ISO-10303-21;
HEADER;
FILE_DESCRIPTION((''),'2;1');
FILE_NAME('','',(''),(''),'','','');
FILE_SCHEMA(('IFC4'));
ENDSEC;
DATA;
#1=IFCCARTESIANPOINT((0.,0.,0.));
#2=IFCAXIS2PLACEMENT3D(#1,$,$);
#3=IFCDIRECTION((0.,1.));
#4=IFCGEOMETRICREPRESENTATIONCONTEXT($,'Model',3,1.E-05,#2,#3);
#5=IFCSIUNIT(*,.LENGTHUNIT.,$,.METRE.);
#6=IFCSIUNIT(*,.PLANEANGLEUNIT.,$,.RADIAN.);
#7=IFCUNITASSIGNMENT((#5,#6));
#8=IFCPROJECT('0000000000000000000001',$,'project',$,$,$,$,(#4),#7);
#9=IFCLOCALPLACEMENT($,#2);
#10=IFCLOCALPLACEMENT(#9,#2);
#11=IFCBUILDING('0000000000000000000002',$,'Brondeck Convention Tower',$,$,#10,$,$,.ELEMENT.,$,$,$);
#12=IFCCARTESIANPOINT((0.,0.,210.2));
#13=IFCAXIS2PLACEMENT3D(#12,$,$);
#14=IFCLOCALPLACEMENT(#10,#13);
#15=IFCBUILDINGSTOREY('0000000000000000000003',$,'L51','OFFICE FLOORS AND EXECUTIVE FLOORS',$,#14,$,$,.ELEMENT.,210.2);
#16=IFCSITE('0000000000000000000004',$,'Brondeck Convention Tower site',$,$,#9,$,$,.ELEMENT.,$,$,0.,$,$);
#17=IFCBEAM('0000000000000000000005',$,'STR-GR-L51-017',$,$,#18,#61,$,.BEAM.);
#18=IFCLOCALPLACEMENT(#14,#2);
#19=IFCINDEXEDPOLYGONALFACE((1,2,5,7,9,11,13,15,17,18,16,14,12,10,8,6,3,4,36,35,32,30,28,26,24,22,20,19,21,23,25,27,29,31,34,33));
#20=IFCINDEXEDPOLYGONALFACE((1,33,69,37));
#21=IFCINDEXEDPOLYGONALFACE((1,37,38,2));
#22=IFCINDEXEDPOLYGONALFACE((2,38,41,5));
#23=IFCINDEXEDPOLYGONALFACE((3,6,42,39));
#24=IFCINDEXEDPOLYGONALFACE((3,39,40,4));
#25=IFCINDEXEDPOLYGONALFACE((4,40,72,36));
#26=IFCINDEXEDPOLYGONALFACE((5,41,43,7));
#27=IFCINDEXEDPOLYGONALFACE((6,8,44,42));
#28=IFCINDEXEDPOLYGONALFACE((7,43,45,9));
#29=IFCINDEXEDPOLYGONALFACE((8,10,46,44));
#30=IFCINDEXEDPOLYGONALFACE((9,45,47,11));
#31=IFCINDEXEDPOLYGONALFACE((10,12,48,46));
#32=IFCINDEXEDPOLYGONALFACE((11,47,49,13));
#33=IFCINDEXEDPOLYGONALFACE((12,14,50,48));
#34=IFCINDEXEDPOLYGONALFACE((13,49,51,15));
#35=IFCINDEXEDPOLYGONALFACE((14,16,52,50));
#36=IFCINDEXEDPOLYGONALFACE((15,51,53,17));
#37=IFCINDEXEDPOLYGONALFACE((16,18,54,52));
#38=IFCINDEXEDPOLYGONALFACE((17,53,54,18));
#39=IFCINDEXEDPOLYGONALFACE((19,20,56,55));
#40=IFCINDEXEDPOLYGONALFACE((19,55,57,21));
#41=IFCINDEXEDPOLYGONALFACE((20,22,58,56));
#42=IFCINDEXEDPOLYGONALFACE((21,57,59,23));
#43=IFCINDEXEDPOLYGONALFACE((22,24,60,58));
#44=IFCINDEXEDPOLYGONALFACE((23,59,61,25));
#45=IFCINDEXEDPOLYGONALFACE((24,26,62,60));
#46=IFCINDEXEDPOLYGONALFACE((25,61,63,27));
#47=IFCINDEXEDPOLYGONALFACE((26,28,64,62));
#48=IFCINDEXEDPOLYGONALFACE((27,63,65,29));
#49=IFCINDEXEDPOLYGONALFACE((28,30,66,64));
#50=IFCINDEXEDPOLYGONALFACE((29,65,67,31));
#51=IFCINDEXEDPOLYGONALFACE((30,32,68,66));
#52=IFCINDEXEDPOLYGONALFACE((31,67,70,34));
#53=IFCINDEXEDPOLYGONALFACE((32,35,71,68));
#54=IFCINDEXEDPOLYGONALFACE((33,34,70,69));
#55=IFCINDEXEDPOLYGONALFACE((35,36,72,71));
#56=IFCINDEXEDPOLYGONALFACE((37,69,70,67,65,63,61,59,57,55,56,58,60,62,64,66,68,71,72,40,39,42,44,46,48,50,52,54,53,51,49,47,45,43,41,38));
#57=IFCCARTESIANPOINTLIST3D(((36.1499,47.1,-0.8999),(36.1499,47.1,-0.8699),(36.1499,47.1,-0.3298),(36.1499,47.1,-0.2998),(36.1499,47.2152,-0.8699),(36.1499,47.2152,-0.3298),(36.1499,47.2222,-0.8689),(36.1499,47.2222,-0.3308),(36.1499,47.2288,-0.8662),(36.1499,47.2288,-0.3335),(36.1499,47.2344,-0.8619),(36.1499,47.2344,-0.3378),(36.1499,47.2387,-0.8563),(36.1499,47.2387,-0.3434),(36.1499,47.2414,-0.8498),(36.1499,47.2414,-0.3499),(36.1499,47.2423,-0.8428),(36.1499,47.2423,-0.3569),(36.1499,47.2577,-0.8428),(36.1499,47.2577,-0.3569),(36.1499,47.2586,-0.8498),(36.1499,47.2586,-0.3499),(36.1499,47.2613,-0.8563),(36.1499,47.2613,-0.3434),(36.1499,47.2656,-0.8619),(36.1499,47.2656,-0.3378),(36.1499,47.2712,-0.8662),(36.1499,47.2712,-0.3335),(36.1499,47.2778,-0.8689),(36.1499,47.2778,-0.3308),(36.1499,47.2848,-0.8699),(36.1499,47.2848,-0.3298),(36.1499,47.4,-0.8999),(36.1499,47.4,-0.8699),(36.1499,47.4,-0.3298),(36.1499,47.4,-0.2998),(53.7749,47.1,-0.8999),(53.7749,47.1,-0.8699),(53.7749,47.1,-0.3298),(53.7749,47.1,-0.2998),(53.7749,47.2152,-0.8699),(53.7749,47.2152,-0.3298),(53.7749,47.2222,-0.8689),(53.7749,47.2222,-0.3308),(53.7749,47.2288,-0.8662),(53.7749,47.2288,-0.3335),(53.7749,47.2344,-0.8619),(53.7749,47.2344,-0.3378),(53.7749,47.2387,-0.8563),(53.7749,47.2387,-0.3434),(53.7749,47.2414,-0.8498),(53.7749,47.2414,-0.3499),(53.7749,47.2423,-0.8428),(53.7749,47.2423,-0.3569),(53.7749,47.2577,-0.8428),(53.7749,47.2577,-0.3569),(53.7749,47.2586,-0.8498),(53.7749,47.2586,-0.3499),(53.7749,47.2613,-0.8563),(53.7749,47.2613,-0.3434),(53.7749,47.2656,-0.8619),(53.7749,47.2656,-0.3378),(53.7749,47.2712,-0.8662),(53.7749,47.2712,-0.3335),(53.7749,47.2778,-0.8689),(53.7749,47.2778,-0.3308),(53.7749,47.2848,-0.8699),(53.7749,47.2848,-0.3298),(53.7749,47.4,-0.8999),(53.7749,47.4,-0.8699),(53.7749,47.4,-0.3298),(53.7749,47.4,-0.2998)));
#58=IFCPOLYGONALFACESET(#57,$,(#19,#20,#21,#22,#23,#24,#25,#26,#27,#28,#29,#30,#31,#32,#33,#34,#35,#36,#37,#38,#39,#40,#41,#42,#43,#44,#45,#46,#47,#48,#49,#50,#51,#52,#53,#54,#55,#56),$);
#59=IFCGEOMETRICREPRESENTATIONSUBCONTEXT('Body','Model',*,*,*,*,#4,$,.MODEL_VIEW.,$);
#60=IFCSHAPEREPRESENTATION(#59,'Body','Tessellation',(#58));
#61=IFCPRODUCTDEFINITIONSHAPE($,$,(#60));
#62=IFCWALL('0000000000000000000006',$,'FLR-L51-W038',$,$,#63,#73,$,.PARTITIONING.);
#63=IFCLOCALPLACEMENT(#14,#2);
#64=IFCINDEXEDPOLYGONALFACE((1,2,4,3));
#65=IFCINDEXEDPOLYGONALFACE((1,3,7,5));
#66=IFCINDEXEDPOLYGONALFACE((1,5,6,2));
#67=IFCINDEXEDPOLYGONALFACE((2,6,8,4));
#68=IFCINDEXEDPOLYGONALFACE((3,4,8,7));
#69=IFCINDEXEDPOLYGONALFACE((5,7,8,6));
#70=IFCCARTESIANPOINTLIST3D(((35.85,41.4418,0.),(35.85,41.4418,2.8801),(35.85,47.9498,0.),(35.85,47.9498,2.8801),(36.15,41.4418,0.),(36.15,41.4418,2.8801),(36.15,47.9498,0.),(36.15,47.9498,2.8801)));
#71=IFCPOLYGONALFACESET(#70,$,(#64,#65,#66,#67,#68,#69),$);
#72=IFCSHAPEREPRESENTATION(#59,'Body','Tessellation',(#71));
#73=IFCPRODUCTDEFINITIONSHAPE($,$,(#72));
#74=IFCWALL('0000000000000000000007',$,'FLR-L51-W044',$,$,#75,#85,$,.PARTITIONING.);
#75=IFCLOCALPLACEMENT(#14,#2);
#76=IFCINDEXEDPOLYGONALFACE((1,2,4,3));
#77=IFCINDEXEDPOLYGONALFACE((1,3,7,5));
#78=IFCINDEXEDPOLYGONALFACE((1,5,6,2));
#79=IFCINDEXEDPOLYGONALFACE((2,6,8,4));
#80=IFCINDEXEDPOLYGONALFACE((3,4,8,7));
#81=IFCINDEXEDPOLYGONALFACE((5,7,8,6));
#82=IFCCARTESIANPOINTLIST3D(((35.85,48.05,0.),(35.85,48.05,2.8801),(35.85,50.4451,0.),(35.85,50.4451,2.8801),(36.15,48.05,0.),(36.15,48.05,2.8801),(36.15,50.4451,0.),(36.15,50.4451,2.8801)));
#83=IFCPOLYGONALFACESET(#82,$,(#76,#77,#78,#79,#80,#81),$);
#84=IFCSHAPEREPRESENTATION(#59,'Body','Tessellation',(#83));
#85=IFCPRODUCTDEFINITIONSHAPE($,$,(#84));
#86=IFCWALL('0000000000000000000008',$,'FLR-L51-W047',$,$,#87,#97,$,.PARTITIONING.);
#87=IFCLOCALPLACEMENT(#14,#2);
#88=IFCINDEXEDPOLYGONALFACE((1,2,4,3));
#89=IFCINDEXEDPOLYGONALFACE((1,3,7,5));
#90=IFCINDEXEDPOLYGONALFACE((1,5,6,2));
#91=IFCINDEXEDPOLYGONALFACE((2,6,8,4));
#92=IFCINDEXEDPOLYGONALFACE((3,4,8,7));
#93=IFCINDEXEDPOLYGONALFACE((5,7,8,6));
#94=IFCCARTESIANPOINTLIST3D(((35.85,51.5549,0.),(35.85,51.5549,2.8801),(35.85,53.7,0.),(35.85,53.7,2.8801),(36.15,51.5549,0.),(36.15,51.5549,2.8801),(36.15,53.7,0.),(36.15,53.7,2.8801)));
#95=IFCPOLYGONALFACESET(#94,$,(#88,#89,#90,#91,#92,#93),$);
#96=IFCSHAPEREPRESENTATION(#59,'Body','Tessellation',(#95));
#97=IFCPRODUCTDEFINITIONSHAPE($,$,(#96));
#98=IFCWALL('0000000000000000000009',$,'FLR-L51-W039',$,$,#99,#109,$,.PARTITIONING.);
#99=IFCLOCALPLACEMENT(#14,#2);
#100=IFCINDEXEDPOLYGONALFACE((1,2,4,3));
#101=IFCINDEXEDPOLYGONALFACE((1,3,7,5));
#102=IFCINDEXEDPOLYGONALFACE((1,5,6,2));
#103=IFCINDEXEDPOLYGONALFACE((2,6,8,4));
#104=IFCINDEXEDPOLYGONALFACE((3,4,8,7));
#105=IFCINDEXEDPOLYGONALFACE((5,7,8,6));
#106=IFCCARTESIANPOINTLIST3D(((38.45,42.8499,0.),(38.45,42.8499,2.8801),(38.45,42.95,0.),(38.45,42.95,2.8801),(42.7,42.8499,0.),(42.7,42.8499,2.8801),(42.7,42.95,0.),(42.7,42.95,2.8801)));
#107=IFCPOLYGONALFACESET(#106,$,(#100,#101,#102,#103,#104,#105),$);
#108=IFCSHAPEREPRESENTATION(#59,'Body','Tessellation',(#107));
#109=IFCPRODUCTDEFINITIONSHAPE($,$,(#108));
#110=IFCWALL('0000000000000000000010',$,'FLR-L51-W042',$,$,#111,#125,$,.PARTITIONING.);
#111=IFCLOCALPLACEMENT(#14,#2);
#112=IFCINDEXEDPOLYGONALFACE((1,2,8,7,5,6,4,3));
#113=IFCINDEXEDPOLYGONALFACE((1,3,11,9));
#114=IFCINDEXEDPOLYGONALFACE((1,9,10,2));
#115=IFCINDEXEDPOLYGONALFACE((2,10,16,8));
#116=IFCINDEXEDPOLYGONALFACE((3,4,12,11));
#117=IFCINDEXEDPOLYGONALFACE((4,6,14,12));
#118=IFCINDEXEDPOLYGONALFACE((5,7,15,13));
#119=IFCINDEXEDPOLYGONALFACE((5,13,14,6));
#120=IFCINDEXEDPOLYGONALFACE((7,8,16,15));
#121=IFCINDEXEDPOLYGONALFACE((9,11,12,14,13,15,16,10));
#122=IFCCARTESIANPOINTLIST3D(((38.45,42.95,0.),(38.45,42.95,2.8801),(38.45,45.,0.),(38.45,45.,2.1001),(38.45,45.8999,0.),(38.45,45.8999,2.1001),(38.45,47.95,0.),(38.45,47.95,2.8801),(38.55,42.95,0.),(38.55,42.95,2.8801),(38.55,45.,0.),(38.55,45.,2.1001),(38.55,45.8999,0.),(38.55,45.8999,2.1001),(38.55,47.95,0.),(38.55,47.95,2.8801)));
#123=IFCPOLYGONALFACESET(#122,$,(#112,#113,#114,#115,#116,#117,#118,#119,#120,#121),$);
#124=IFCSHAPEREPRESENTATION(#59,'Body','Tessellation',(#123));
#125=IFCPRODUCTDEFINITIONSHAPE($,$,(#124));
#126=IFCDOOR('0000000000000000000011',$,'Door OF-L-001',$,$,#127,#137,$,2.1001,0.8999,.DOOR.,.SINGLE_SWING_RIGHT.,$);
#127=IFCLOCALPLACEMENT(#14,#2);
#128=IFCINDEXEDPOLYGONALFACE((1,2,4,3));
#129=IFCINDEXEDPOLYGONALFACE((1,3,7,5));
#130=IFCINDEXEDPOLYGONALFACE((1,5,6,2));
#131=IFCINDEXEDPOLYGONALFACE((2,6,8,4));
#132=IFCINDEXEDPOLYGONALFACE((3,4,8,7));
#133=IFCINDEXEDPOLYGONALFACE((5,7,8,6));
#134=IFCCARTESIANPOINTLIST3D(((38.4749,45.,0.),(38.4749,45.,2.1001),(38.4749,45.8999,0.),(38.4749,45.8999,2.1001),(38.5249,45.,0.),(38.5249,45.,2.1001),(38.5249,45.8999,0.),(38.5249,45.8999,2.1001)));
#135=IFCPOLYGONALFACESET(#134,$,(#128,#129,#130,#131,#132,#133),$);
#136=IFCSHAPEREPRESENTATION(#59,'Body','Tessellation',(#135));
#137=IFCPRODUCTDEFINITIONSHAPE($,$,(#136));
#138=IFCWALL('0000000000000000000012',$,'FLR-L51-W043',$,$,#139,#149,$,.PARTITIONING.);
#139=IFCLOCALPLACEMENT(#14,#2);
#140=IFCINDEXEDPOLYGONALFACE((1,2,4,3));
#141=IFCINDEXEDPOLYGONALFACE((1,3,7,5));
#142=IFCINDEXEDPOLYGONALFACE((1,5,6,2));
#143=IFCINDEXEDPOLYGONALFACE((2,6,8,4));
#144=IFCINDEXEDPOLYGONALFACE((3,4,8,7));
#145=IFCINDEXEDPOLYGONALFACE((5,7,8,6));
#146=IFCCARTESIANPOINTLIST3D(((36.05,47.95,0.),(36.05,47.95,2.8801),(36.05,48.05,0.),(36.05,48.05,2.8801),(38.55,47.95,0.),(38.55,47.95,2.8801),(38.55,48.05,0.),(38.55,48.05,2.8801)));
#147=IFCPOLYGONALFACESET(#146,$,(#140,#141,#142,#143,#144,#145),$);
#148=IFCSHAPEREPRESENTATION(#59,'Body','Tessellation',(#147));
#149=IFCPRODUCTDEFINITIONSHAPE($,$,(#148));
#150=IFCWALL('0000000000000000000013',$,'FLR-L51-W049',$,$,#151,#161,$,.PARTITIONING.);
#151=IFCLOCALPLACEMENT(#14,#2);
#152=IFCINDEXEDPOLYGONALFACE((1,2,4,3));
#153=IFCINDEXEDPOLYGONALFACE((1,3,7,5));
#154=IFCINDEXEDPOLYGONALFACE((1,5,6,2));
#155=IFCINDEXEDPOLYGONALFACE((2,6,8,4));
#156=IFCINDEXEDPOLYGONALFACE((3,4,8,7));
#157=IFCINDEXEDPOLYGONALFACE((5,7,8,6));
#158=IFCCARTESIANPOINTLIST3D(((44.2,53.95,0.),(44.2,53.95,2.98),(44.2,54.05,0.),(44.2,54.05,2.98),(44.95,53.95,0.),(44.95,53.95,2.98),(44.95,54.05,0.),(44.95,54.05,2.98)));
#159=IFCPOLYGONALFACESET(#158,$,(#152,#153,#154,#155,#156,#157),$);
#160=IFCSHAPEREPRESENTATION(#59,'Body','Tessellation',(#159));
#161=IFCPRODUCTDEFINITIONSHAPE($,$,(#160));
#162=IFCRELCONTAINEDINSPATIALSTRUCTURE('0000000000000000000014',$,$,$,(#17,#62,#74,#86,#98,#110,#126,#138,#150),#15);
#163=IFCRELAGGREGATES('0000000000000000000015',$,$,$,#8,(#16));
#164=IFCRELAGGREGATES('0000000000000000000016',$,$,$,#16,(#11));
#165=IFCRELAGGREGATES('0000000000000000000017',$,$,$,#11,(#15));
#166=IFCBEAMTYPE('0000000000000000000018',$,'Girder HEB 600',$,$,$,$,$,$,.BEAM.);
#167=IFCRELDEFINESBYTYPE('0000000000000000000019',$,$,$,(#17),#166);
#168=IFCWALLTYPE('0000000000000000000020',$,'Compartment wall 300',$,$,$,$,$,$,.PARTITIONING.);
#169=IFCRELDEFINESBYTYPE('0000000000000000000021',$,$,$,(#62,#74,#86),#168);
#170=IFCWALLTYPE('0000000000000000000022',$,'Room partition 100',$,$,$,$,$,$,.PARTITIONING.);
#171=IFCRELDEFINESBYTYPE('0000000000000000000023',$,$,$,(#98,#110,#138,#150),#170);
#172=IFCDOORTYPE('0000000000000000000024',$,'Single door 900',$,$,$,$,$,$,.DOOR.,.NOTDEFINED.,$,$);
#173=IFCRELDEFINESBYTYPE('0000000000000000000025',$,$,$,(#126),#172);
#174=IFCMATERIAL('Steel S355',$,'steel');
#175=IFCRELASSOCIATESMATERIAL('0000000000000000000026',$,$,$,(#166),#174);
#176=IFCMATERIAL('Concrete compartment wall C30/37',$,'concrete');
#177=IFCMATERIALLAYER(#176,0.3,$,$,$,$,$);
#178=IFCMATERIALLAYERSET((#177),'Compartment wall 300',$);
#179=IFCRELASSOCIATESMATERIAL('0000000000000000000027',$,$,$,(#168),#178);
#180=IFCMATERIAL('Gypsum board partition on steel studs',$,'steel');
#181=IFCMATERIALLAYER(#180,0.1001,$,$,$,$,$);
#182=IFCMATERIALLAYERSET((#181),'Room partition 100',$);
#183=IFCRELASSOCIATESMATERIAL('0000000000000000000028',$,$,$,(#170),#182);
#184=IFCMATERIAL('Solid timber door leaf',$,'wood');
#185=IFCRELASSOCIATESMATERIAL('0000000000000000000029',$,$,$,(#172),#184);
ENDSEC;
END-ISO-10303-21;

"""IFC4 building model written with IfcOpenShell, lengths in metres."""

from ifc_helpers import new_model, si_unit, direction, frame, frame_2d, origin, origin_2d, place, context, subcontext, project, spatial, rectangle, i_section, extrude, material, layer, layer_set, material_profile, profile_set, type_object, element, fill, save


model = new_model("IFC4")

# Units and contexts
model_context = context("Model", 3, precision=1e-05, world=origin(), true_north=direction((0.0, 1.0)))
body_context = subcontext(model_context, "Body", "Model", "MODEL_VIEW")
ifc_project = project(units=[si_unit("LENGTHUNIT", "METRE"), si_unit("PLANEANGLEUNIT", "RADIAN")], contexts=[model_context])

# Site, building, storey
site_placement = place(None, origin())
site = spatial("IfcSite", under=ifc_project, at=site_placement, Name="Brondeck Convention Tower site", CompositionType="ELEMENT", RefElevation=0.0)
building_placement = place(site_placement, origin())
building = spatial("IfcBuilding", under=site, at=building_placement, Name="Brondeck Convention Tower", CompositionType="ELEMENT")
storey_placement = place(building_placement, frame((0.0, 0.0, 210.2)))
storey = spatial("IfcBuildingStorey", under=building, at=storey_placement, Name="L51", Description="OFFICE FLOORS AND EXECUTIVE FLOORS", CompositionType="ELEMENT", Elevation=210.2)

# Beam
ifc_material_1 = material(Name="Steel S355", Category="steel")
ifc_material_profile_1 = material_profile(ifc_material_1, i_section(OverallWidth=0.3, OverallDepth=0.6001, WebThickness=0.0154, FlangeThickness=0.03, FilletRadius=0.0271, at=origin_2d()), Name="HEB 600")
ifc_profile_set_1 = profile_set([ifc_material_profile_1], Name="Steel S355")
beam_type = type_object("IfcBeamType", Name="Girder HEB 600", PredefinedType="BEAM", material=ifc_profile_set_1)
for number, where, z_axis, x_axis, name in (
    (1, (36.1499, 47.25, -0.5999), (1.0, 0.0, 0.0), (0.0, 1.0, 0.0), "STR-GR-L51-017"),
):
    element("IfcBeam", number, at=place(storey_placement, frame(where, z_axis=z_axis, x_axis=x_axis)), inside=storey, type_object=beam_type, Name=name, PredefinedType="BEAM", context=body_context, shape_type="SweptSolid", body=[
        extrude(i_section(OverallWidth=0.3, OverallDepth=0.6001, WebThickness=0.0154, FlangeThickness=0.03, FilletRadius=0.0271, at=origin_2d()), origin(), (0.0, 0.0, 1.0), 17.625),
    ])

# Walls
ifc_material_2 = material(Name="Concrete compartment wall C30/37", Category="concrete")
ifc_layer_1 = layer(ifc_material_2, 0.3)
ifc_layer_set_1 = layer_set([ifc_layer_1], Name="Compartment wall 300")
wall_type_1 = type_object("IfcWallType", Name="Compartment wall 300", PredefinedType="PARTITIONING", material=ifc_layer_set_1)
wall_1_placement = place(storey_placement, frame((36.0, 41.4419, 0.0), z_axis=(0.0, 0.0, 1.0), x_axis=(0.0, 1.0, 0.0)))
element("IfcWall", 2, at=wall_1_placement, inside=storey, type_object=wall_type_1, Name="FLR-L51-W038", PredefinedType="PARTITIONING", context=body_context, shape_type="SweptSolid", body=[
    extrude(rectangle(XDim=6.5081, YDim=0.3, at=frame_2d((3.2539, 0.0))), origin(), (0.0, 0.0, 1.0), 2.8801),
])
wall_2_placement = place(storey_placement, frame((36.0, 48.05, 0.0), z_axis=(0.0, 0.0, 1.0), x_axis=(0.0, 1.0, 0.0)))
element("IfcWall", 3, at=wall_2_placement, inside=storey, type_object=wall_type_1, Name="FLR-L51-W044", PredefinedType="PARTITIONING", context=body_context, shape_type="SweptSolid", body=[
    extrude(rectangle(XDim=2.395, YDim=0.3, at=frame_2d((1.1975, 0.0))), origin(), (0.0, 0.0, 1.0), 2.8801),
])
wall_3_placement = place(storey_placement, frame((36.0, 51.5549, 0.0), z_axis=(0.0, 0.0, 1.0), x_axis=(0.0, 1.0, 0.0)))
element("IfcWall", 4, at=wall_3_placement, inside=storey, type_object=wall_type_1, Name="FLR-L51-W047", PredefinedType="PARTITIONING", context=body_context, shape_type="SweptSolid", body=[
    extrude(rectangle(XDim=2.145, YDim=0.3, at=frame_2d((1.0725, 0.0))), origin(), (0.0, 0.0, 1.0), 2.8801),
])
ifc_material_3 = material(Name="Gypsum board partition on steel studs", Category="steel")
ifc_layer_2 = layer(ifc_material_3, 0.1001)
ifc_layer_set_2 = layer_set([ifc_layer_2], Name="Room partition 100")
wall_type_2 = type_object("IfcWallType", Name="Room partition 100", PredefinedType="PARTITIONING", material=ifc_layer_set_2)
wall_4_placement = place(storey_placement, frame((38.45, 42.8999, 0.0), z_axis=(0.0, 0.0, 1.0), x_axis=(1.0, 0.0, 0.0)))
element("IfcWall", 5, at=wall_4_placement, inside=storey, type_object=wall_type_2, Name="FLR-L51-W039", PredefinedType="PARTITIONING", context=body_context, shape_type="SweptSolid", body=[
    extrude(rectangle(XDim=4.25, YDim=0.1001, at=frame_2d((2.125, 0.0))), origin(), (0.0, 0.0, 1.0), 2.8801),
])

# Wall, opening, door
wall_5_placement = place(storey_placement, frame((38.5, 47.95, 0.0), z_axis=(0.0, 0.0, 1.0), x_axis=(0.0, -1.0, 0.0)))
wall_5 = element("IfcWall", 6, at=wall_5_placement, inside=storey, type_object=wall_type_2, Name="FLR-L51-W042", PredefinedType="PARTITIONING", context=body_context, shape_type="SweptSolid", body=[
    extrude(rectangle(XDim=5.0, YDim=0.1001, at=frame_2d((2.5, 0.0))), origin(), (0.0, 0.0, 1.0), 2.8801),
])
opening_1_placement = place(wall_5_placement, frame((2.05, 0.0, 0.0)))
opening_1 = element("IfcOpeningElement", 7, at=opening_1_placement, cuts=wall_5, PredefinedType="OPENING", context=body_context, shape_type="SweptSolid", body=[
    extrude(rectangle(XDim=0.8999, YDim=2.1001, at=frame_2d((0.45, 1.05))), frame((0.0, 0.0601, 0.0), z_axis=(0.0, -1.0, 0.0), x_axis=(1.0, 0.0, 0.0)), (0.0, 0.0, 1.0), 0.1201),
])
ifc_material_4 = material(Name="Solid timber door leaf", Category="wood")
door_type_1 = type_object("IfcDoorType", Name="Single door 900", OperationType="NOTDEFINED", PredefinedType="DOOR", material=ifc_material_4)
door_1_placement = place(opening_1_placement, origin())
door_1 = element("IfcDoor", 8, at=door_1_placement, inside=storey, type_object=door_type_1, Name="Door OF-L-001", OperationType="SINGLE_SWING_RIGHT", OverallHeight=2.1001, OverallWidth=0.8999, PredefinedType="DOOR", context=body_context, shape_type="SweptSolid", body=[
    extrude(rectangle(XDim=0.8999, YDim=2.1001, at=frame_2d((0.45, 1.05))), frame((0.0, 0.0249, 0.0), z_axis=(0.0, -1.0, 0.0), x_axis=(1.0, 0.0, 0.0)), (0.0, 0.0, 1.0), 0.05),
])
fill(opening_1, door_1)

# Walls
wall_6_placement = place(storey_placement, frame((36.05, 48.0, 0.0), z_axis=(0.0, 0.0, 1.0), x_axis=(1.0, 0.0, 0.0)))
element("IfcWall", 9, at=wall_6_placement, inside=storey, type_object=wall_type_2, Name="FLR-L51-W043", PredefinedType="PARTITIONING", context=body_context, shape_type="SweptSolid", body=[
    extrude(rectangle(XDim=2.5, YDim=0.1001, at=frame_2d((1.25, 0.0))), origin(), (0.0, 0.0, 1.0), 2.8801),
])
wall_7_placement = place(storey_placement, frame((44.2, 54.0, 0.0), z_axis=(0.0, 0.0, 1.0), x_axis=(1.0, 0.0, 0.0)))
element("IfcWall", 10, at=wall_7_placement, inside=storey, type_object=wall_type_2, Name="FLR-L51-W049", PredefinedType="PARTITIONING", context=body_context, shape_type="SweptSolid", body=[
    extrude(rectangle(XDim=0.75, YDim=0.1001, at=frame_2d((0.375, 0.0))), origin(), (0.0, 0.0, 1.0), 2.98),
])

save(model, "model.ifc")
